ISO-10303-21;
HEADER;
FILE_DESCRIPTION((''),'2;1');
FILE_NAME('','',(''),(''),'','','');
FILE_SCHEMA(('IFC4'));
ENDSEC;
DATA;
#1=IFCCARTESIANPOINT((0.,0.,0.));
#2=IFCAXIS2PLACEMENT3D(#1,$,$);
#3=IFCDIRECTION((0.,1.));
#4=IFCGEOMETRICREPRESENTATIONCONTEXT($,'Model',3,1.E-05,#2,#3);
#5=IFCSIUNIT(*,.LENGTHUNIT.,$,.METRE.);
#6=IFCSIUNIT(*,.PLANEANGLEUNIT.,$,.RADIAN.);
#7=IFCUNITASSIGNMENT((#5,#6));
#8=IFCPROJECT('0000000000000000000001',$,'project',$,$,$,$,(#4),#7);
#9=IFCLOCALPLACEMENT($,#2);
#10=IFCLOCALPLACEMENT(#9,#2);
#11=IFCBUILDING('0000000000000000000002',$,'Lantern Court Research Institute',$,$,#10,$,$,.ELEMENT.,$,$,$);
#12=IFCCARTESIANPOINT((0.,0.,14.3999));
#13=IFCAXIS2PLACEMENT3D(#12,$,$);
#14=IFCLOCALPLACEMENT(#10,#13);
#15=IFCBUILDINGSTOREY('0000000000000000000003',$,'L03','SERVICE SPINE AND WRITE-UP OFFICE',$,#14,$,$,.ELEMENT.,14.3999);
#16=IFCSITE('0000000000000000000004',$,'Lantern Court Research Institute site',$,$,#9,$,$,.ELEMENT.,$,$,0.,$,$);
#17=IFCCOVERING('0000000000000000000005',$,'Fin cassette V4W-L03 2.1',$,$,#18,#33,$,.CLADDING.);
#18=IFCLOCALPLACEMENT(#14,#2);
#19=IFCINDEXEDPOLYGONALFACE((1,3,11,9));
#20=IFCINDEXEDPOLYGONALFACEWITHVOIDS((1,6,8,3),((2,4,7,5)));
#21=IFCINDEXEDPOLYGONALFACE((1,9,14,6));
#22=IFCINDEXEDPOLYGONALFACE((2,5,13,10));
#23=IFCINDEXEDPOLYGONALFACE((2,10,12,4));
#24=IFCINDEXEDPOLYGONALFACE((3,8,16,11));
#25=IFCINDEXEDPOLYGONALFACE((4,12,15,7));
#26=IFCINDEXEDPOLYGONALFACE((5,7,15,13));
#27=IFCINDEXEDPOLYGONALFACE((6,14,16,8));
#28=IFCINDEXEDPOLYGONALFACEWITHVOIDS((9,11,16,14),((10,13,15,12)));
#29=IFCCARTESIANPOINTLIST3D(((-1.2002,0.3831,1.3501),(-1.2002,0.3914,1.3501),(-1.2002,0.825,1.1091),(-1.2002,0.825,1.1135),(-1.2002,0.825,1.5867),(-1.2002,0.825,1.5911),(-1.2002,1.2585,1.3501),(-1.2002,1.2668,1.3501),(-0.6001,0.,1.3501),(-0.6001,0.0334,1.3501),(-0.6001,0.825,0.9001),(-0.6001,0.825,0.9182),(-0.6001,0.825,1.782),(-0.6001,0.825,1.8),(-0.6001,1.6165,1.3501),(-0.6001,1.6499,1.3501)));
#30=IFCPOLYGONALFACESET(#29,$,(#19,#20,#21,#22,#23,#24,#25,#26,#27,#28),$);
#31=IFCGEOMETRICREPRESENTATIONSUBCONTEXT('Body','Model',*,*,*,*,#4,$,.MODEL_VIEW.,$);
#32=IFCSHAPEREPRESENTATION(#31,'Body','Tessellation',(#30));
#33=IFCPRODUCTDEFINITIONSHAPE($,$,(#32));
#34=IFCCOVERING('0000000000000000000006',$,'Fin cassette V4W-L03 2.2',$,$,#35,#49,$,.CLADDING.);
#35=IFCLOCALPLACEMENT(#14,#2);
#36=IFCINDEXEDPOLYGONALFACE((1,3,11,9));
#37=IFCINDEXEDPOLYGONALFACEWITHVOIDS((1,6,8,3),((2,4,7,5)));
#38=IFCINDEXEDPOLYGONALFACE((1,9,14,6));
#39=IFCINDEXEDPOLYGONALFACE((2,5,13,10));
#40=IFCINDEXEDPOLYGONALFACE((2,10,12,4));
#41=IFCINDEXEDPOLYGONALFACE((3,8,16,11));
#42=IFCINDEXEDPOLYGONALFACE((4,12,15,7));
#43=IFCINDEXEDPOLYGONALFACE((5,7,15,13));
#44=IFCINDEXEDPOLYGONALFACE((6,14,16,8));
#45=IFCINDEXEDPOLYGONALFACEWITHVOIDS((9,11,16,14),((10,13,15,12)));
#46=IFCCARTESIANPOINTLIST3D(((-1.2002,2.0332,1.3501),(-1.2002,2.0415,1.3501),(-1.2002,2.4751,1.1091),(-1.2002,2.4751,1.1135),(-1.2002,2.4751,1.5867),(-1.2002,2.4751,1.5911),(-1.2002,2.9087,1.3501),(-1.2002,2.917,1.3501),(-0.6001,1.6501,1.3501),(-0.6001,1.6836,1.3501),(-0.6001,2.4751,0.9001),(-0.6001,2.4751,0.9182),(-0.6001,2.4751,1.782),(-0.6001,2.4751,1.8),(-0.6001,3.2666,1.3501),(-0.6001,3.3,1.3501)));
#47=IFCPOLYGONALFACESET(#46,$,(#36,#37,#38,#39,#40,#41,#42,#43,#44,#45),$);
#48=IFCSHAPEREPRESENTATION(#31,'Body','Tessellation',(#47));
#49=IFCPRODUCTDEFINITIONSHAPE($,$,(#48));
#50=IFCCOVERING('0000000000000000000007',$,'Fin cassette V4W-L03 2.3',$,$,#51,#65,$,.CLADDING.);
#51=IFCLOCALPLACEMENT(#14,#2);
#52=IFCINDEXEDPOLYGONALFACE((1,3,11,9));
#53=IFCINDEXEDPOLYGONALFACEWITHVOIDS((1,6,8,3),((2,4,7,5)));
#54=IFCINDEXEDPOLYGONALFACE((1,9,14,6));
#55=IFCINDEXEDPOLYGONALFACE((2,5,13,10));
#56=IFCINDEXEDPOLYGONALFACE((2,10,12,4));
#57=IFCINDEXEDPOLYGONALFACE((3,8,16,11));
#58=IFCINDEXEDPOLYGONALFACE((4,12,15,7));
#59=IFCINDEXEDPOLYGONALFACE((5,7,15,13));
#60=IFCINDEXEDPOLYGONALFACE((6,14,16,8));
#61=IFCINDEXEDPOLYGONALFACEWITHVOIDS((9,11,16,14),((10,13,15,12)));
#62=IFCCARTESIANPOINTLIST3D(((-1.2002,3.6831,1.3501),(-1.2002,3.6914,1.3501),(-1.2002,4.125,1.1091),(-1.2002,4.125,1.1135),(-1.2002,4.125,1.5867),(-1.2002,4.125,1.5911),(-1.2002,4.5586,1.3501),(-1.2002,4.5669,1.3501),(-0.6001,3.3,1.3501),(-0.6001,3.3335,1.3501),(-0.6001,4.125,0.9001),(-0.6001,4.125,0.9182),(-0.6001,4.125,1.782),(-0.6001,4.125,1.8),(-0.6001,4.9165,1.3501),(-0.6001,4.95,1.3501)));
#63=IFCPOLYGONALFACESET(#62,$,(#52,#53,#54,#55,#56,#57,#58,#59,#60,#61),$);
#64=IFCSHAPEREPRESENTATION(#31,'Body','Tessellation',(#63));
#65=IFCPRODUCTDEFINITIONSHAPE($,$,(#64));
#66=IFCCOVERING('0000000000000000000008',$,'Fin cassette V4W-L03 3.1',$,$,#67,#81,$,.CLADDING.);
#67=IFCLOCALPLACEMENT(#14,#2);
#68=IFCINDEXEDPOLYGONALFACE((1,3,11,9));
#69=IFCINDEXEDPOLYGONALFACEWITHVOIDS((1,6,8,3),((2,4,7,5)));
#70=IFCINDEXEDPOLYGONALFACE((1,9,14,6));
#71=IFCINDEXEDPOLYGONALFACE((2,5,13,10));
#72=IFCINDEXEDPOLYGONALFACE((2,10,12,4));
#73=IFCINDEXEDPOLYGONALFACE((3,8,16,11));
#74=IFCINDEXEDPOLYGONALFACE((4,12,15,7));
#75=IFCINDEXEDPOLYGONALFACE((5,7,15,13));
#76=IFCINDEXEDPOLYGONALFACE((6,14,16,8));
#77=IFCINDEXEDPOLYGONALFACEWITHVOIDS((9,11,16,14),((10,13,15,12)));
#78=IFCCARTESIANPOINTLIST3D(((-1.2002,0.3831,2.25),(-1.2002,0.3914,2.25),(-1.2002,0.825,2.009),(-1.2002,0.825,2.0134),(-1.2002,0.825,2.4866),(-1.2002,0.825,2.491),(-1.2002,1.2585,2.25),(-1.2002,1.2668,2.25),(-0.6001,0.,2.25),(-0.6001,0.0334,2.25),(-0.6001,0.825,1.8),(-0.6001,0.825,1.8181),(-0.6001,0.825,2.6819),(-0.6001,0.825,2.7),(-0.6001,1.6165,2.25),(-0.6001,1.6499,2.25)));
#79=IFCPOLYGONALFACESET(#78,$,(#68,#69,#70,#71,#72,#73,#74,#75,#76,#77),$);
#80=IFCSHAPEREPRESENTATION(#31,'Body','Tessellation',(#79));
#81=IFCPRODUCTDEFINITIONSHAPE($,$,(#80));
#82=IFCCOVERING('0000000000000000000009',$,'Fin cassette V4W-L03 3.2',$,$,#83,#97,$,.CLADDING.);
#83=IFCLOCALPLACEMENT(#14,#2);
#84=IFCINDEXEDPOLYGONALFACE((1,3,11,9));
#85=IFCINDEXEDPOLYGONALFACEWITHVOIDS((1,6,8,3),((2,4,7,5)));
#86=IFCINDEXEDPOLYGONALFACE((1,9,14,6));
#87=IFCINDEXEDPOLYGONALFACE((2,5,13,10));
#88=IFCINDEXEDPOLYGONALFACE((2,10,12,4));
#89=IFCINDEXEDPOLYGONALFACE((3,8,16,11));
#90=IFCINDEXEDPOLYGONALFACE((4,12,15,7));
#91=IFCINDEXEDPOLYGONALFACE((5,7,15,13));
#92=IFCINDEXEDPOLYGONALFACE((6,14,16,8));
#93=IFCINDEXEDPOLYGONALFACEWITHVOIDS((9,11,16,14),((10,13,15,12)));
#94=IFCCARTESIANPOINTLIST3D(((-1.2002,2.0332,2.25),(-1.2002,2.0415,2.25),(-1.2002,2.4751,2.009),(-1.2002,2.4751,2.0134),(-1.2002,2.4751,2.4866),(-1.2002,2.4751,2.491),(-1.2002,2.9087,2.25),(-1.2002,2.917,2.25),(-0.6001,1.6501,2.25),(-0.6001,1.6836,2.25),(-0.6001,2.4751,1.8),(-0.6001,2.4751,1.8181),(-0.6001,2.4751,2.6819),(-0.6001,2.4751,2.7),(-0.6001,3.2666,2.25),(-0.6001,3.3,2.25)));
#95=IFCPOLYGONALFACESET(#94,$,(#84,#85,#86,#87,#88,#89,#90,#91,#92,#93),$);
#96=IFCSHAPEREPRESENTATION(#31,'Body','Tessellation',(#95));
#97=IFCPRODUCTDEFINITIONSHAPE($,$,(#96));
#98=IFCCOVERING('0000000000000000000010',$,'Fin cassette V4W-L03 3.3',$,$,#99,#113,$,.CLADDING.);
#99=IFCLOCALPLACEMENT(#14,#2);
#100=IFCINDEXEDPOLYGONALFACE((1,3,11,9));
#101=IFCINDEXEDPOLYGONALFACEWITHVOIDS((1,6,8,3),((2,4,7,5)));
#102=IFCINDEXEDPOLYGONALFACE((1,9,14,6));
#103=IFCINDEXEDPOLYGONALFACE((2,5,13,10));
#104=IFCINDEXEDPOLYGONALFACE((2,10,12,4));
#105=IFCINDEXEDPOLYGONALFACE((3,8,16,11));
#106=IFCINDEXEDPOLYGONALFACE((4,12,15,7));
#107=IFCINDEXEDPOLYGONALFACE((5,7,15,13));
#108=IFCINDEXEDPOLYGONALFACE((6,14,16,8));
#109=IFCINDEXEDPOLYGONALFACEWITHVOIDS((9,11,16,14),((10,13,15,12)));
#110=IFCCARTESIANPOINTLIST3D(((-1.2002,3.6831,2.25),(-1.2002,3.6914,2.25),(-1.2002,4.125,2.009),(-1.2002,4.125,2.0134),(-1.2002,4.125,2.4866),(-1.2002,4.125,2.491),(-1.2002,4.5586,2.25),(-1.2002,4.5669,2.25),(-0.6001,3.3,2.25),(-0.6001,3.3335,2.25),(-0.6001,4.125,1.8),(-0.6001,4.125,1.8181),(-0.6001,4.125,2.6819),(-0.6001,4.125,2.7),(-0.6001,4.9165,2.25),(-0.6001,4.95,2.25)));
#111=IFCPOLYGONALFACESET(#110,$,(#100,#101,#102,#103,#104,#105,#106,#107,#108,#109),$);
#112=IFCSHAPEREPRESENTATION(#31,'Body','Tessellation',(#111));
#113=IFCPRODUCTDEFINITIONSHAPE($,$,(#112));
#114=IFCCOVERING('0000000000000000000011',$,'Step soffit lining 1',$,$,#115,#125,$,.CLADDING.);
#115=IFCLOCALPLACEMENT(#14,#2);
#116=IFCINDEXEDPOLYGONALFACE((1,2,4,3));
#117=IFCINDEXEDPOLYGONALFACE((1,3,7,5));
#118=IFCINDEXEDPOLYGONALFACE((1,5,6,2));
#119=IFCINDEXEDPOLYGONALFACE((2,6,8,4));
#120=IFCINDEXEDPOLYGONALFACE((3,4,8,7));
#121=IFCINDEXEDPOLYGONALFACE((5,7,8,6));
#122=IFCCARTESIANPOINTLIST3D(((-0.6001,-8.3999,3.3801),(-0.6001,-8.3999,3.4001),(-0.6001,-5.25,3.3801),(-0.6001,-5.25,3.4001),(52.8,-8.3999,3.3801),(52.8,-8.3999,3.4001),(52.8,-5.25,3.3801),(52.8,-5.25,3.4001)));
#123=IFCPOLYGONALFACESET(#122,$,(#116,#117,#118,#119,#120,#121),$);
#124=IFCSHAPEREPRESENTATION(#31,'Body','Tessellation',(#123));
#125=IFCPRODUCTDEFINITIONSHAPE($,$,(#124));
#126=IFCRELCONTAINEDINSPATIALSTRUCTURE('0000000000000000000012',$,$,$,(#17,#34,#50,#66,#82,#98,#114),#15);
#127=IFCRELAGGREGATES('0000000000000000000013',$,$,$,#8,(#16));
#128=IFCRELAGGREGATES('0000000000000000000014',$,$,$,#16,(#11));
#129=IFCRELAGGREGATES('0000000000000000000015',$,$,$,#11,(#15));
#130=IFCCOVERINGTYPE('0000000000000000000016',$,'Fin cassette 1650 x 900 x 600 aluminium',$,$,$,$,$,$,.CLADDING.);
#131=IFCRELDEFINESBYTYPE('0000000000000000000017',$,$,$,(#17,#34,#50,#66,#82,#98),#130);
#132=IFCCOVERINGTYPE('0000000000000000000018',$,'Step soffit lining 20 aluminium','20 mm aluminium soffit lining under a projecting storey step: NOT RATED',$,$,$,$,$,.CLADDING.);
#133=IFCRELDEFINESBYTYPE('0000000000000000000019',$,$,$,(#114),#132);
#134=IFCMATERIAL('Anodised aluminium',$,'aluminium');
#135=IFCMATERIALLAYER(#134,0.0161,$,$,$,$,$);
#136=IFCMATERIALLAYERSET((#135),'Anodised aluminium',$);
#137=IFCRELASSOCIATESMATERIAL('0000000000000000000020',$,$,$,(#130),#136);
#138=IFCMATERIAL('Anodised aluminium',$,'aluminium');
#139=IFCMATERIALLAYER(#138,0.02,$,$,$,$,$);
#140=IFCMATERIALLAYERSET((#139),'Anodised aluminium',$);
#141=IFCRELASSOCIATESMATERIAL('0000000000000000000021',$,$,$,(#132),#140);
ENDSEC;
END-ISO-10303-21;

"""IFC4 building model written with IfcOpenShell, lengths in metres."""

from ifc_helpers import new_model, entity, si_unit, direction, frame, origin, place, context, subcontext, project, spatial, polyline, outline, extrude, material, layer, layer_set, type_object, element, save


model = new_model("IFC4")

# Units and contexts
model_context = context("Model", 3, precision=1e-05, world=origin(), true_north=direction((0.0, 1.0)))
body_context = subcontext(model_context, "Body", "Model", "MODEL_VIEW")
ifc_project = project(units=[si_unit("LENGTHUNIT", "METRE"), si_unit("PLANEANGLEUNIT", "RADIAN")], contexts=[model_context])

# Site, building, storey
site_placement = place(None, origin())
site = spatial("IfcSite", under=ifc_project, at=site_placement, Name="Lantern Court Research Institute site", CompositionType="ELEMENT", RefElevation=0.0)
building_placement = place(site_placement, origin())
building = spatial("IfcBuilding", under=site, at=building_placement, Name="Lantern Court Research Institute", CompositionType="ELEMENT")
storey_placement = place(building_placement, frame((0.0, 0.0, 14.3999)))
storey = spatial("IfcBuildingStorey", under=building, at=storey_placement, Name="L03", Description="SERVICE SPINE AND WRITE-UP OFFICE", CompositionType="ELEMENT", Elevation=14.3999)

# Coverings
ifc_material_1 = material(Name="Anodised aluminium", Category="aluminium")
ifc_layer_1 = layer(ifc_material_1, 0.0161)
ifc_layer_set_1 = layer_set([ifc_layer_1], Name="Anodised aluminium")
covering_type_1 = type_object("IfcCoveringType", Name="Fin cassette 1650 x 900 x 600 aluminium", PredefinedType="CLADDING", material=ifc_layer_set_1)
covering_1_placement = place(storey_placement, frame((-0.6001, 0.825, 1.3501), z_axis=(-1.0, 0.0, 0.0), x_axis=(0.0, -1.0, 0.0)))
cartesian_point_1 = entity("IfcCartesianPoint", [0.825, 0.0])
cartesian_point_2 = entity("IfcCartesianPoint", [0.7915, 0.0])
cartesian_point_3 = entity("IfcCartesianPoint", [0.4419, 0.0])
cartesian_point_4 = entity("IfcCartesianPoint", [0.4336, 0.0])
element("IfcCovering", 1, at=covering_1_placement, inside=storey, type_object=covering_type_1, Name="Fin cassette V4W-L03 2.1", PredefinedType="CLADDING", context=body_context, shape_type="SweptSolid", body=[
    entity("IfcExtrudedAreaSolidTapered", entity("IfcArbitraryProfileDefWithVoids", "AREA", None, entity("IfcPolyline", [cartesian_point_1, entity("IfcCartesianPoint", [0.0, 0.45]), entity("IfcCartesianPoint", [-0.825, 0.0]), entity("IfcCartesianPoint", [0.0, -0.45]), cartesian_point_1]), [entity("IfcPolyline", [cartesian_point_2, entity("IfcCartesianPoint", [0.0, 0.4319]), entity("IfcCartesianPoint", [-0.7915, 0.0]), entity("IfcCartesianPoint", [0.0, -0.4319]), cartesian_point_2])]), entity("IfcAxis2Placement3D", entity("IfcCartesianPoint", [0.0, 0.0, 0.0])), entity("IfcDirection", [0.0, 0.0, 1.0]), 0.6001, entity("IfcArbitraryProfileDefWithVoids", "AREA", None, entity("IfcPolyline", [cartesian_point_3, entity("IfcCartesianPoint", [0.0, 0.241]), entity("IfcCartesianPoint", [-0.4419, 0.0]), entity("IfcCartesianPoint", [0.0, -0.241]), cartesian_point_3]), [entity("IfcPolyline", [cartesian_point_4, entity("IfcCartesianPoint", [0.0, 0.2366]), entity("IfcCartesianPoint", [-0.4336, 0.0]), entity("IfcCartesianPoint", [0.0, -0.2366]), cartesian_point_4])])),
])
covering_2_placement = place(storey_placement, frame((-0.6001, 2.4751, 1.3501), z_axis=(-1.0, 0.0, 0.0), x_axis=(0.0, -1.0, 0.0)))
cartesian_point_5 = entity("IfcCartesianPoint", [0.825, 0.0])
cartesian_point_6 = entity("IfcCartesianPoint", [0.7915, 0.0])
cartesian_point_7 = entity("IfcCartesianPoint", [0.4419, 0.0])
cartesian_point_8 = entity("IfcCartesianPoint", [0.4336, 0.0])
element("IfcCovering", 2, at=covering_2_placement, inside=storey, type_object=covering_type_1, Name="Fin cassette V4W-L03 2.2", PredefinedType="CLADDING", context=body_context, shape_type="SweptSolid", body=[
    entity("IfcExtrudedAreaSolidTapered", entity("IfcArbitraryProfileDefWithVoids", "AREA", None, entity("IfcPolyline", [cartesian_point_5, entity("IfcCartesianPoint", [0.0, 0.45]), entity("IfcCartesianPoint", [-0.825, 0.0]), entity("IfcCartesianPoint", [0.0, -0.45]), cartesian_point_5]), [entity("IfcPolyline", [cartesian_point_6, entity("IfcCartesianPoint", [0.0, 0.4319]), entity("IfcCartesianPoint", [-0.7915, 0.0]), entity("IfcCartesianPoint", [0.0, -0.4319]), cartesian_point_6])]), entity("IfcAxis2Placement3D", entity("IfcCartesianPoint", [0.0, 0.0, 0.0])), entity("IfcDirection", [0.0, 0.0, 1.0]), 0.6001, entity("IfcArbitraryProfileDefWithVoids", "AREA", None, entity("IfcPolyline", [cartesian_point_7, entity("IfcCartesianPoint", [0.0, 0.241]), entity("IfcCartesianPoint", [-0.4419, 0.0]), entity("IfcCartesianPoint", [0.0, -0.241]), cartesian_point_7]), [entity("IfcPolyline", [cartesian_point_8, entity("IfcCartesianPoint", [0.0, 0.2366]), entity("IfcCartesianPoint", [-0.4336, 0.0]), entity("IfcCartesianPoint", [0.0, -0.2366]), cartesian_point_8])])),
])
covering_3_placement = place(storey_placement, frame((-0.6001, 4.125, 1.3501), z_axis=(-1.0, 0.0, 0.0), x_axis=(0.0, -1.0, 0.0)))
cartesian_point_9 = entity("IfcCartesianPoint", [0.825, 0.0])
cartesian_point_10 = entity("IfcCartesianPoint", [0.7915, 0.0])
cartesian_point_11 = entity("IfcCartesianPoint", [0.4419, 0.0])
cartesian_point_12 = entity("IfcCartesianPoint", [0.4336, 0.0])
element("IfcCovering", 3, at=covering_3_placement, inside=storey, type_object=covering_type_1, Name="Fin cassette V4W-L03 2.3", PredefinedType="CLADDING", context=body_context, shape_type="SweptSolid", body=[
    entity("IfcExtrudedAreaSolidTapered", entity("IfcArbitraryProfileDefWithVoids", "AREA", None, entity("IfcPolyline", [cartesian_point_9, entity("IfcCartesianPoint", [0.0, 0.45]), entity("IfcCartesianPoint", [-0.825, 0.0]), entity("IfcCartesianPoint", [0.0, -0.45]), cartesian_point_9]), [entity("IfcPolyline", [cartesian_point_10, entity("IfcCartesianPoint", [0.0, 0.4319]), entity("IfcCartesianPoint", [-0.7915, 0.0]), entity("IfcCartesianPoint", [0.0, -0.4319]), cartesian_point_10])]), entity("IfcAxis2Placement3D", entity("IfcCartesianPoint", [0.0, 0.0, 0.0])), entity("IfcDirection", [0.0, 0.0, 1.0]), 0.6001, entity("IfcArbitraryProfileDefWithVoids", "AREA", None, entity("IfcPolyline", [cartesian_point_11, entity("IfcCartesianPoint", [0.0, 0.241]), entity("IfcCartesianPoint", [-0.4419, 0.0]), entity("IfcCartesianPoint", [0.0, -0.241]), cartesian_point_11]), [entity("IfcPolyline", [cartesian_point_12, entity("IfcCartesianPoint", [0.0, 0.2366]), entity("IfcCartesianPoint", [-0.4336, 0.0]), entity("IfcCartesianPoint", [0.0, -0.2366]), cartesian_point_12])])),
])
covering_4_placement = place(storey_placement, frame((-0.6001, 0.825, 2.25), z_axis=(-1.0, 0.0, 0.0), x_axis=(0.0, -1.0, 0.0)))
cartesian_point_13 = entity("IfcCartesianPoint", [0.825, 0.0])
cartesian_point_14 = entity("IfcCartesianPoint", [0.7915, 0.0])
cartesian_point_15 = entity("IfcCartesianPoint", [0.4419, 0.0])
cartesian_point_16 = entity("IfcCartesianPoint", [0.4336, 0.0])
element("IfcCovering", 4, at=covering_4_placement, inside=storey, type_object=covering_type_1, Name="Fin cassette V4W-L03 3.1", PredefinedType="CLADDING", context=body_context, shape_type="SweptSolid", body=[
    entity("IfcExtrudedAreaSolidTapered", entity("IfcArbitraryProfileDefWithVoids", "AREA", None, entity("IfcPolyline", [cartesian_point_13, entity("IfcCartesianPoint", [0.0, 0.45]), entity("IfcCartesianPoint", [-0.825, 0.0]), entity("IfcCartesianPoint", [0.0, -0.45]), cartesian_point_13]), [entity("IfcPolyline", [cartesian_point_14, entity("IfcCartesianPoint", [0.0, 0.4319]), entity("IfcCartesianPoint", [-0.7915, 0.0]), entity("IfcCartesianPoint", [0.0, -0.4319]), cartesian_point_14])]), entity("IfcAxis2Placement3D", entity("IfcCartesianPoint", [0.0, 0.0, 0.0])), entity("IfcDirection", [0.0, 0.0, 1.0]), 0.6001, entity("IfcArbitraryProfileDefWithVoids", "AREA", None, entity("IfcPolyline", [cartesian_point_15, entity("IfcCartesianPoint", [0.0, 0.241]), entity("IfcCartesianPoint", [-0.4419, 0.0]), entity("IfcCartesianPoint", [0.0, -0.241]), cartesian_point_15]), [entity("IfcPolyline", [cartesian_point_16, entity("IfcCartesianPoint", [0.0, 0.2366]), entity("IfcCartesianPoint", [-0.4336, 0.0]), entity("IfcCartesianPoint", [0.0, -0.2366]), cartesian_point_16])])),
])
covering_5_placement = place(storey_placement, frame((-0.6001, 2.4751, 2.25), z_axis=(-1.0, 0.0, 0.0), x_axis=(0.0, -1.0, 0.0)))
cartesian_point_17 = entity("IfcCartesianPoint", [0.825, 0.0])
cartesian_point_18 = entity("IfcCartesianPoint", [0.7915, 0.0])
cartesian_point_19 = entity("IfcCartesianPoint", [0.4419, 0.0])
cartesian_point_20 = entity("IfcCartesianPoint", [0.4336, 0.0])
element("IfcCovering", 5, at=covering_5_placement, inside=storey, type_object=covering_type_1, Name="Fin cassette V4W-L03 3.2", PredefinedType="CLADDING", context=body_context, shape_type="SweptSolid", body=[
    entity("IfcExtrudedAreaSolidTapered", entity("IfcArbitraryProfileDefWithVoids", "AREA", None, entity("IfcPolyline", [cartesian_point_17, entity("IfcCartesianPoint", [0.0, 0.45]), entity("IfcCartesianPoint", [-0.825, 0.0]), entity("IfcCartesianPoint", [0.0, -0.45]), cartesian_point_17]), [entity("IfcPolyline", [cartesian_point_18, entity("IfcCartesianPoint", [0.0, 0.4319]), entity("IfcCartesianPoint", [-0.7915, 0.0]), entity("IfcCartesianPoint", [0.0, -0.4319]), cartesian_point_18])]), entity("IfcAxis2Placement3D", entity("IfcCartesianPoint", [0.0, 0.0, 0.0])), entity("IfcDirection", [0.0, 0.0, 1.0]), 0.6001, entity("IfcArbitraryProfileDefWithVoids", "AREA", None, entity("IfcPolyline", [cartesian_point_19, entity("IfcCartesianPoint", [0.0, 0.241]), entity("IfcCartesianPoint", [-0.4419, 0.0]), entity("IfcCartesianPoint", [0.0, -0.241]), cartesian_point_19]), [entity("IfcPolyline", [cartesian_point_20, entity("IfcCartesianPoint", [0.0, 0.2366]), entity("IfcCartesianPoint", [-0.4336, 0.0]), entity("IfcCartesianPoint", [0.0, -0.2366]), cartesian_point_20])])),
])
covering_6_placement = place(storey_placement, frame((-0.6001, 4.125, 2.25), z_axis=(-1.0, 0.0, 0.0), x_axis=(0.0, -1.0, 0.0)))
cartesian_point_21 = entity("IfcCartesianPoint", [0.825, 0.0])
cartesian_point_22 = entity("IfcCartesianPoint", [0.7915, 0.0])
cartesian_point_23 = entity("IfcCartesianPoint", [0.4419, 0.0])
cartesian_point_24 = entity("IfcCartesianPoint", [0.4336, 0.0])
element("IfcCovering", 6, at=covering_6_placement, inside=storey, type_object=covering_type_1, Name="Fin cassette V4W-L03 3.3", PredefinedType="CLADDING", context=body_context, shape_type="SweptSolid", body=[
    entity("IfcExtrudedAreaSolidTapered", entity("IfcArbitraryProfileDefWithVoids", "AREA", None, entity("IfcPolyline", [cartesian_point_21, entity("IfcCartesianPoint", [0.0, 0.45]), entity("IfcCartesianPoint", [-0.825, 0.0]), entity("IfcCartesianPoint", [0.0, -0.45]), cartesian_point_21]), [entity("IfcPolyline", [cartesian_point_22, entity("IfcCartesianPoint", [0.0, 0.4319]), entity("IfcCartesianPoint", [-0.7915, 0.0]), entity("IfcCartesianPoint", [0.0, -0.4319]), cartesian_point_22])]), entity("IfcAxis2Placement3D", entity("IfcCartesianPoint", [0.0, 0.0, 0.0])), entity("IfcDirection", [0.0, 0.0, 1.0]), 0.6001, entity("IfcArbitraryProfileDefWithVoids", "AREA", None, entity("IfcPolyline", [cartesian_point_23, entity("IfcCartesianPoint", [0.0, 0.241]), entity("IfcCartesianPoint", [-0.4419, 0.0]), entity("IfcCartesianPoint", [0.0, -0.241]), cartesian_point_23]), [entity("IfcPolyline", [cartesian_point_24, entity("IfcCartesianPoint", [0.0, 0.2366]), entity("IfcCartesianPoint", [-0.4336, 0.0]), entity("IfcCartesianPoint", [0.0, -0.2366]), cartesian_point_24])])),
])
ifc_material_2 = material(Name="Anodised aluminium", Category="aluminium")
ifc_layer_2 = layer(ifc_material_2, 0.02)
ifc_layer_set_2 = layer_set([ifc_layer_2], Name="Anodised aluminium")
covering_type_2 = type_object("IfcCoveringType", Name="Step soffit lining 20 aluminium", Description="20 mm aluminium soffit lining under a projecting storey step: NOT RATED", PredefinedType="CLADDING", material=ifc_layer_set_2)
covering_7_placement = place(storey_placement, frame((0.0, 0.0, 3.3801)))
element("IfcCovering", 7, at=covering_7_placement, inside=storey, type_object=covering_type_2, Name="Step soffit lining 1", PredefinedType="CLADDING", context=body_context, shape_type="SweptSolid", body=[
    extrude(outline(polyline([(52.8, -8.3999), (52.8, -5.25), (-0.6001, -5.25), (-0.6001, -8.3999), (52.8, -8.3999)])), origin(), (0.0, 0.0, 1.0), 0.02),
])

save(model, "model.ifc")
